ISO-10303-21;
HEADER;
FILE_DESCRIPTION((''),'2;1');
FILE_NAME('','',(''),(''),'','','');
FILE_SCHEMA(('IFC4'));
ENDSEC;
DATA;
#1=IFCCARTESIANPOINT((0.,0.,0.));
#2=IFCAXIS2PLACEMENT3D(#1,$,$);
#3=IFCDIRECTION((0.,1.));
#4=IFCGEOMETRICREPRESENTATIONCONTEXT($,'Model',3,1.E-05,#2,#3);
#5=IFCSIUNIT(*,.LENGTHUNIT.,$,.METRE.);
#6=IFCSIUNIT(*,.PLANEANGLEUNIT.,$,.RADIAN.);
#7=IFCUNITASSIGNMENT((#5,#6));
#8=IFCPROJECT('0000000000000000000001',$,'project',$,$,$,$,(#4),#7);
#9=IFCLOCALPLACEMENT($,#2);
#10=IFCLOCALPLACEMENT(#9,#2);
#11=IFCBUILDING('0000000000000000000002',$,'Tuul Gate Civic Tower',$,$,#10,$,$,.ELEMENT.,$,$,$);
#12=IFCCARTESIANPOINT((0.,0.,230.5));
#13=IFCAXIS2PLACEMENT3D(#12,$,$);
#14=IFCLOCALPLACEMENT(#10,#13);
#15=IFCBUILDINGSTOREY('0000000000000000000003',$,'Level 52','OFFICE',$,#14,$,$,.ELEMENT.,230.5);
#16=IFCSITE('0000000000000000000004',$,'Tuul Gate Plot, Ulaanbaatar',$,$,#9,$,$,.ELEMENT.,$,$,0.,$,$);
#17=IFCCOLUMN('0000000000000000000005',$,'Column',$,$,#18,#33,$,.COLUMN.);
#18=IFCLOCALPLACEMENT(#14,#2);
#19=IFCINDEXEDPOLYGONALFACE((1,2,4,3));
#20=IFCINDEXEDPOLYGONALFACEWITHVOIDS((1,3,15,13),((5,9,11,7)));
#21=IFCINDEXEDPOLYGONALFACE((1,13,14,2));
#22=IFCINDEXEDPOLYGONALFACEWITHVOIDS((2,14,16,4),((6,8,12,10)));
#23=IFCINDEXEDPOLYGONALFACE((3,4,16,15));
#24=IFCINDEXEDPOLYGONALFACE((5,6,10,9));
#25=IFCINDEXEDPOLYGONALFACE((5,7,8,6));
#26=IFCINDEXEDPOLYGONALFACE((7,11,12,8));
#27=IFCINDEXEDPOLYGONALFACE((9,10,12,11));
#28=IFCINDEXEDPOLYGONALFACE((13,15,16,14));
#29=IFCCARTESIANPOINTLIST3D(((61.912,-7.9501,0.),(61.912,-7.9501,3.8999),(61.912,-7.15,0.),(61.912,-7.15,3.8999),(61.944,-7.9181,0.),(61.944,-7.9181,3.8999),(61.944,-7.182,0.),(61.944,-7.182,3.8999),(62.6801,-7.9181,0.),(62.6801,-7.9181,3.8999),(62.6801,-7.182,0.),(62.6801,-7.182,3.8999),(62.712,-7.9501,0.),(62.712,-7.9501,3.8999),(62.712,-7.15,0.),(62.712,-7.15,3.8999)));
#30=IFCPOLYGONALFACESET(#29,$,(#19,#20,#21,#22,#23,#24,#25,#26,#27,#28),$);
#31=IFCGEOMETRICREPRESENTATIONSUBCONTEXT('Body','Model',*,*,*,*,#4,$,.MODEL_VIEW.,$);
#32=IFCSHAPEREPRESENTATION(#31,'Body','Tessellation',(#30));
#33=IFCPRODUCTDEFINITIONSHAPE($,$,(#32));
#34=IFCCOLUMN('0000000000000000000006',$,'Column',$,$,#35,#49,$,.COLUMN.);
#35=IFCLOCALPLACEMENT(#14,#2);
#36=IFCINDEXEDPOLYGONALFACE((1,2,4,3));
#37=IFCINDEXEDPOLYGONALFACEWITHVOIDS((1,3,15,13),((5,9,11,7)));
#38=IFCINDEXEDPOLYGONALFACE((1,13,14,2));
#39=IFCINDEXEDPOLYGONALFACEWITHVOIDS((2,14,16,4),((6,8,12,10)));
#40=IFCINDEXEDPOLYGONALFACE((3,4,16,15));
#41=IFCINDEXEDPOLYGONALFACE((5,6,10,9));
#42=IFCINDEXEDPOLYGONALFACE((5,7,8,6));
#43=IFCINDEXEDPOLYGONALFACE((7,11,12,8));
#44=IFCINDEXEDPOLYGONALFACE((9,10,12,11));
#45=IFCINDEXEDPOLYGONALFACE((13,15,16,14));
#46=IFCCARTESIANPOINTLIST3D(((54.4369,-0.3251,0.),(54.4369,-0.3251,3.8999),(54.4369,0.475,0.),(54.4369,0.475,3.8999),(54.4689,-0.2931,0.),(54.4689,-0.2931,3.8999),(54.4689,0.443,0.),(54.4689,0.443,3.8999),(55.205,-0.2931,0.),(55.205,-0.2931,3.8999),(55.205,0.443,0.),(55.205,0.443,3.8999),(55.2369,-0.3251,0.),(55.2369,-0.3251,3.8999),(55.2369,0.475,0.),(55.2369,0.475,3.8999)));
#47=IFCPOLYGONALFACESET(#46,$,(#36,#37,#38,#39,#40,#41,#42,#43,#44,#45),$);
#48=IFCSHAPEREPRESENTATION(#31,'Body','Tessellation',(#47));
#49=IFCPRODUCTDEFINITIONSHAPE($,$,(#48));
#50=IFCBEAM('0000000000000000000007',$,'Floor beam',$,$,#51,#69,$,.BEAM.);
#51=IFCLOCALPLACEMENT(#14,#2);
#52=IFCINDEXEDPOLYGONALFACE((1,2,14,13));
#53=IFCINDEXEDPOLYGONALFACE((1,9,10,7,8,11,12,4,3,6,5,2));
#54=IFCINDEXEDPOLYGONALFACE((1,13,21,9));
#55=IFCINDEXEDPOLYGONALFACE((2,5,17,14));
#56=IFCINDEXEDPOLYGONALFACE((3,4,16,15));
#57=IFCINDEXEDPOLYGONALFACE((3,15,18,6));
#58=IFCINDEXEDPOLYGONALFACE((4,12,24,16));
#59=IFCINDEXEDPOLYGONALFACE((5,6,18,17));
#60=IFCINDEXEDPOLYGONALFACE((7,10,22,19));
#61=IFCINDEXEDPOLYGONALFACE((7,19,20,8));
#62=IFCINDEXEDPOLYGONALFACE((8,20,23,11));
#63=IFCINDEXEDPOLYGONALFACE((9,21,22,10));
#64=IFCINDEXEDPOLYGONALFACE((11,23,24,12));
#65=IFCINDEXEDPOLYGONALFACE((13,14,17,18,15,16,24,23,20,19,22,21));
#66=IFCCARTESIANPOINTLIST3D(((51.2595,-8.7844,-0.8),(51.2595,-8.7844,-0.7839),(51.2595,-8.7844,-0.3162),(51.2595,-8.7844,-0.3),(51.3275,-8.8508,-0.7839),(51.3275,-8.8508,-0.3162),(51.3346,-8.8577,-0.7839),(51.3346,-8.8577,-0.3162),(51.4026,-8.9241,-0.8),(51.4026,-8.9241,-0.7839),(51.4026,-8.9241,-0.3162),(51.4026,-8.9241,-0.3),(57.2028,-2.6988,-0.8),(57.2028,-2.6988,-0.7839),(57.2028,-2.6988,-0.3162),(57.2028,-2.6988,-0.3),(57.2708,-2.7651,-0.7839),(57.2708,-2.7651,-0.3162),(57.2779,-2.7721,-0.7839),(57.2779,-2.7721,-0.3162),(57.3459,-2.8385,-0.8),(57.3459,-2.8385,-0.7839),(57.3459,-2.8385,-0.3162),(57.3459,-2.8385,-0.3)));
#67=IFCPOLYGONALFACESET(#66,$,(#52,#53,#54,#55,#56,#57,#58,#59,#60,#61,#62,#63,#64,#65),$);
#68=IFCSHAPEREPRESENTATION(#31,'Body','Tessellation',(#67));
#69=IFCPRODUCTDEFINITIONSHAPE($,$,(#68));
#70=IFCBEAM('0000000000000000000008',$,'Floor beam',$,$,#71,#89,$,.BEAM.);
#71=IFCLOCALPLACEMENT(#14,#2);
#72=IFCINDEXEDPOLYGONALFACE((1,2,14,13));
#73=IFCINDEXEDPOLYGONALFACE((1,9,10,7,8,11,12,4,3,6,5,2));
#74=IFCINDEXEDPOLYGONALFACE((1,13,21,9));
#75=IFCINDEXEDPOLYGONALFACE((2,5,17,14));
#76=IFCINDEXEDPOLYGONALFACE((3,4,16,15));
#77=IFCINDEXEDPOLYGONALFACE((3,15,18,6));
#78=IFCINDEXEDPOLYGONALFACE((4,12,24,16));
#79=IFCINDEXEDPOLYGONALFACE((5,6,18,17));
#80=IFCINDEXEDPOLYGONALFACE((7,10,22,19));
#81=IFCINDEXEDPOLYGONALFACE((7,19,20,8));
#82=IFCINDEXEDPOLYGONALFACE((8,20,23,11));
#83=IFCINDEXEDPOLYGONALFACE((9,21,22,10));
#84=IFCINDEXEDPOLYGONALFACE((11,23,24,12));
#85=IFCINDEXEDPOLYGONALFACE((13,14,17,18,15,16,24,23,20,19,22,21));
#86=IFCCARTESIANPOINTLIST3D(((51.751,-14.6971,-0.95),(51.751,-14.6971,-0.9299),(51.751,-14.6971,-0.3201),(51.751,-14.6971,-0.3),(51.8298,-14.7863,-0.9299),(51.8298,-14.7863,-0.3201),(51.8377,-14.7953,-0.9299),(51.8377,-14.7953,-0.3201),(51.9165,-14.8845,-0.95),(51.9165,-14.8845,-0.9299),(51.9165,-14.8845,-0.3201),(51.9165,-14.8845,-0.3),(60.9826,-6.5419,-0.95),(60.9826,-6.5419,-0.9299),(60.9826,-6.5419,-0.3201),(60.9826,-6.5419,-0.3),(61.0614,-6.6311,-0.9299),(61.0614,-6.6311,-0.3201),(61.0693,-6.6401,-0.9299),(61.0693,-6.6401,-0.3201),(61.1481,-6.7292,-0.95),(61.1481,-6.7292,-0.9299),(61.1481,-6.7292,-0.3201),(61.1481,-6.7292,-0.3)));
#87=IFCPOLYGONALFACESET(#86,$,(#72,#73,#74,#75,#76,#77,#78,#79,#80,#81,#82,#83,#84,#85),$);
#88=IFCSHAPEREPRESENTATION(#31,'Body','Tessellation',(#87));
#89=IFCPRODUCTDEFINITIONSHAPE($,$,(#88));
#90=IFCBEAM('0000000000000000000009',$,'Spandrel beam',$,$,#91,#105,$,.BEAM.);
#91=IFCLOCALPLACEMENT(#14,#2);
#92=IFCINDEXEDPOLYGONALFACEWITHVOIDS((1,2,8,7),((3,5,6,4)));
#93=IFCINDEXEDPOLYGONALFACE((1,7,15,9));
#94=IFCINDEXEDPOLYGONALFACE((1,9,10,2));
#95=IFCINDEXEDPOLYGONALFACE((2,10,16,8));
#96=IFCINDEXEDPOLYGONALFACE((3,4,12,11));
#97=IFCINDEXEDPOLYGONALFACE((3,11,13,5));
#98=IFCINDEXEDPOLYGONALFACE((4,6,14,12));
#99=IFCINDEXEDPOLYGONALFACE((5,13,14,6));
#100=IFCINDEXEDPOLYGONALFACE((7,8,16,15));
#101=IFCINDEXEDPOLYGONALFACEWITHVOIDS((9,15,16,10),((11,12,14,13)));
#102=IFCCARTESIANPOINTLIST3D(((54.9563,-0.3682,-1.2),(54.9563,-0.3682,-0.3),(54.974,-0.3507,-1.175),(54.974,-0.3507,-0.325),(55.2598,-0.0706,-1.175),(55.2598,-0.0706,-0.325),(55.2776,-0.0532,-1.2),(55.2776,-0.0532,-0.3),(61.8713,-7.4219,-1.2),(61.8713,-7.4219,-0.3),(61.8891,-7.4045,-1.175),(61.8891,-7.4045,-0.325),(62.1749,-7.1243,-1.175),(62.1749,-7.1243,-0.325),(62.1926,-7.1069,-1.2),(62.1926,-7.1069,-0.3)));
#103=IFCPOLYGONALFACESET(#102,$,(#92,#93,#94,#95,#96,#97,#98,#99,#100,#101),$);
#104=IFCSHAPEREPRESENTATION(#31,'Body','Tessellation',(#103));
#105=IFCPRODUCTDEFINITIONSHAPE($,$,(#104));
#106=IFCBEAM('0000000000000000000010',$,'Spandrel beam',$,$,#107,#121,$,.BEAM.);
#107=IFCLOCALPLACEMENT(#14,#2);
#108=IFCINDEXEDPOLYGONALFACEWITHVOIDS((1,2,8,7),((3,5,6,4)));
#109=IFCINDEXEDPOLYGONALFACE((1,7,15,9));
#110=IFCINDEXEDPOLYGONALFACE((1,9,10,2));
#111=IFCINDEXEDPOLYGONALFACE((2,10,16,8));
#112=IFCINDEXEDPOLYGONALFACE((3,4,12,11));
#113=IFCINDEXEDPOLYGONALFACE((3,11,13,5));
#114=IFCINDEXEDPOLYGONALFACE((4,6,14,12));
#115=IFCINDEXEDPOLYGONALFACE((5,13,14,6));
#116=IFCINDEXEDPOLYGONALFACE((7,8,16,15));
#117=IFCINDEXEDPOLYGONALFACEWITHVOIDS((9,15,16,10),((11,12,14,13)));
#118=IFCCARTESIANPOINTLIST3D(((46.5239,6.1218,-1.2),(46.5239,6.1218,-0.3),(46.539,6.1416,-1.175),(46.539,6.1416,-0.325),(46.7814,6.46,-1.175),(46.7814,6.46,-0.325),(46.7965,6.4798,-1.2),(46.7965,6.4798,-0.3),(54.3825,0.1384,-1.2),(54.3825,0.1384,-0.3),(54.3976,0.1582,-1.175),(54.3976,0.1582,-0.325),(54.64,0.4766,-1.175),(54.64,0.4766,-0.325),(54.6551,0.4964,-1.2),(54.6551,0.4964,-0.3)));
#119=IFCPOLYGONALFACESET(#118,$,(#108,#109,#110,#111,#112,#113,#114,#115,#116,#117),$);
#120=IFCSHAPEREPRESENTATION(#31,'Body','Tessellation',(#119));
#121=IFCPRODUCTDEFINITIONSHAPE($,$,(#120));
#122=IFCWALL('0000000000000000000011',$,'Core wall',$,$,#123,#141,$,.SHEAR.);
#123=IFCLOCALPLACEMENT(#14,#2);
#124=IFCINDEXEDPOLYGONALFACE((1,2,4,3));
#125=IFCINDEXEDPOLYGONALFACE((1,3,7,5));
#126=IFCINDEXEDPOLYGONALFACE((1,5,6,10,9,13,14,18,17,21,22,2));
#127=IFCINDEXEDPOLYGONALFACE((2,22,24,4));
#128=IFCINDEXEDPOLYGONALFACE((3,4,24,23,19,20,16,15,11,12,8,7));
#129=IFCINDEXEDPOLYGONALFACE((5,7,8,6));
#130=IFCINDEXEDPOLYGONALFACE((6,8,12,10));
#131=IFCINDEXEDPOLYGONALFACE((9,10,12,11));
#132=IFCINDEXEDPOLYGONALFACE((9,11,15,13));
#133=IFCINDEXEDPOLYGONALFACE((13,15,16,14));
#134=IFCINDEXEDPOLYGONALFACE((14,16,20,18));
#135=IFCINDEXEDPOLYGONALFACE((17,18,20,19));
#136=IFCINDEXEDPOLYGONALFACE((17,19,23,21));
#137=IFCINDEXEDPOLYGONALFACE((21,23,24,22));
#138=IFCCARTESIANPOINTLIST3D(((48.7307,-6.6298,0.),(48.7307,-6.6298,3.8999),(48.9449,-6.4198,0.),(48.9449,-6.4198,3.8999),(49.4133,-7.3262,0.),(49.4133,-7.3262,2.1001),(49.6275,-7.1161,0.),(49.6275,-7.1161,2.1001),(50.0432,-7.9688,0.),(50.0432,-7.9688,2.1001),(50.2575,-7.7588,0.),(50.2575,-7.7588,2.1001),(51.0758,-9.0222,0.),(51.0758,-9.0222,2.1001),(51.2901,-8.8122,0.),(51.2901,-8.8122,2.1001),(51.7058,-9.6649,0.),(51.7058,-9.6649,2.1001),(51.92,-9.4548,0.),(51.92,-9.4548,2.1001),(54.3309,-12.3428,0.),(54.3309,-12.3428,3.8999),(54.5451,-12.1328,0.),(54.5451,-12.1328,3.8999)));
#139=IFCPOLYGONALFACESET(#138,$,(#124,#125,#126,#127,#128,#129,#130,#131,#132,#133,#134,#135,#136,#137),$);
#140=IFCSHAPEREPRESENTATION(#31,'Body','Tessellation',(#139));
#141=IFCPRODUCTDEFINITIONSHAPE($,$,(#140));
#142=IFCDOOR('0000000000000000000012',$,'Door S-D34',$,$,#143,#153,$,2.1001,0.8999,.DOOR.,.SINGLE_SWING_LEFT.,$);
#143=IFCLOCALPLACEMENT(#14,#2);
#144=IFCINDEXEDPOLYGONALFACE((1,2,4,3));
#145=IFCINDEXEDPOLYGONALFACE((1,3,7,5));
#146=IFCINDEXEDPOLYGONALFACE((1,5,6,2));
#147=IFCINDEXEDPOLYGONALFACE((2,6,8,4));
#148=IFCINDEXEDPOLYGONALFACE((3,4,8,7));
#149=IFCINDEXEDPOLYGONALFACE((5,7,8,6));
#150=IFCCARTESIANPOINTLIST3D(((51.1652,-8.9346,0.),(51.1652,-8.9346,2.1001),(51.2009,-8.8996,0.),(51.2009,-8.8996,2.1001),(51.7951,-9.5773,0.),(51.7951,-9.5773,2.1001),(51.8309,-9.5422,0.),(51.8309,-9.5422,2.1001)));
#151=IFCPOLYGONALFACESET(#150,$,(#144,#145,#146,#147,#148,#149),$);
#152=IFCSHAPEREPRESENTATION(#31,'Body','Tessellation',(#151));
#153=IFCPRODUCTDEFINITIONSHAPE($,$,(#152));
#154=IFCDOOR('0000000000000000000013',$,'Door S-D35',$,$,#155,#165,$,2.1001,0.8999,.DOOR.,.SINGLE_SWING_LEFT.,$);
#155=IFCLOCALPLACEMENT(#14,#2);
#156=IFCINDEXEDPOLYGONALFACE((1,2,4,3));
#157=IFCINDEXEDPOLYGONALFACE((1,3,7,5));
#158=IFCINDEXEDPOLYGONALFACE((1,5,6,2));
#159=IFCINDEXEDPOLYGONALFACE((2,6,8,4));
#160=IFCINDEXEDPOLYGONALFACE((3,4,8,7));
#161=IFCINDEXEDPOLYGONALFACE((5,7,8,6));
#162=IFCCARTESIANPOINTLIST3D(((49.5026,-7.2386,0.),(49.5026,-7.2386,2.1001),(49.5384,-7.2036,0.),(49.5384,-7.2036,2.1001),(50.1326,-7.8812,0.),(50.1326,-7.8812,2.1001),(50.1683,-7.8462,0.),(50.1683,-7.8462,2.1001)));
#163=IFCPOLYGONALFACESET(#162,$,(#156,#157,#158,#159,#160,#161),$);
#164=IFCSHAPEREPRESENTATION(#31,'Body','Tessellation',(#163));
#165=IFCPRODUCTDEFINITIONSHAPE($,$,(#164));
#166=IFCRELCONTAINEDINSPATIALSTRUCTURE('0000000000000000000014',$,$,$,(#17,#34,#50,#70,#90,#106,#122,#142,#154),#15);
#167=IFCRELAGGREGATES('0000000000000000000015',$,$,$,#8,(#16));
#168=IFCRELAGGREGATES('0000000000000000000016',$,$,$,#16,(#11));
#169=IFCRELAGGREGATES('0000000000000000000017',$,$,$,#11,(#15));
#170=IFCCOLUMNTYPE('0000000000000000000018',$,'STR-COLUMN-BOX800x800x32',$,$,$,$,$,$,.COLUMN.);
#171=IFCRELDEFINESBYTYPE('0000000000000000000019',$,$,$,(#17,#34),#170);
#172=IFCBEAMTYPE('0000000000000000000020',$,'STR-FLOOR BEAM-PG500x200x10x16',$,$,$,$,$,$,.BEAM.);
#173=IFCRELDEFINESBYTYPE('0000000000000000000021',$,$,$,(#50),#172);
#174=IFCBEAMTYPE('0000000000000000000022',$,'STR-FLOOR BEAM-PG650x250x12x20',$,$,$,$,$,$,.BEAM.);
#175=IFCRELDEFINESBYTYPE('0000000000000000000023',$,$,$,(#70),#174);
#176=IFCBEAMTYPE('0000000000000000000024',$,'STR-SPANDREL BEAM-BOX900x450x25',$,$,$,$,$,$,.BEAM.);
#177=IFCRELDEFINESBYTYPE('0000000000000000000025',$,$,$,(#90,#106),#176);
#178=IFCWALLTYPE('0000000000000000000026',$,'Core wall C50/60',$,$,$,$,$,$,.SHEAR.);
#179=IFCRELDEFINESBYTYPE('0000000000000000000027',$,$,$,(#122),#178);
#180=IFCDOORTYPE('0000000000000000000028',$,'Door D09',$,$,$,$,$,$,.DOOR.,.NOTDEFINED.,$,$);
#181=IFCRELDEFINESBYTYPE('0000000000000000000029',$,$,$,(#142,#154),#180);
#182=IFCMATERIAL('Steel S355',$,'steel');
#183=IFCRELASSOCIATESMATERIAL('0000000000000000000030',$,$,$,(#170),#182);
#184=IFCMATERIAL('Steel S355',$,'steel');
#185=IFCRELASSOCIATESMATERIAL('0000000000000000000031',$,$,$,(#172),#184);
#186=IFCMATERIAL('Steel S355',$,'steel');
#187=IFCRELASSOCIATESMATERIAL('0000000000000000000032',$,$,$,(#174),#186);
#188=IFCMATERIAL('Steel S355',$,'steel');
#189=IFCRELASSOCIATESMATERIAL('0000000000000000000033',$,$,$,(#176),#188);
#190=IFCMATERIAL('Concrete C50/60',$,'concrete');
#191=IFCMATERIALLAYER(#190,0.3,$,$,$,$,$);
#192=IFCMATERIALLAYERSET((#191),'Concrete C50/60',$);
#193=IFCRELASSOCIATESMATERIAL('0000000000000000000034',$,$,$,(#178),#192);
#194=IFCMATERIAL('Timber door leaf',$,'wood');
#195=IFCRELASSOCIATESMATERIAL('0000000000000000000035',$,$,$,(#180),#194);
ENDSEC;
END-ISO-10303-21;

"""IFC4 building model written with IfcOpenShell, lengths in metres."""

from ifc_helpers import new_model, si_unit, direction, frame, frame_2d, origin, origin_2d, place, context, subcontext, project, spatial, rectangle, hollow_rectangle, i_section, extrude, material, layer, layer_set, material_profile, profile_set, type_object, element, fill, save


model = new_model("IFC4")

# Units and contexts
model_context = context("Model", 3, precision=1e-05, world=origin(), true_north=direction((0.0, 1.0)))
body_context = subcontext(model_context, "Body", "Model", "MODEL_VIEW")
ifc_project = project(units=[si_unit("LENGTHUNIT", "METRE"), si_unit("PLANEANGLEUNIT", "RADIAN")], contexts=[model_context])

# Site, building, storey
site_placement = place(None, origin())
site = spatial("IfcSite", under=ifc_project, at=site_placement, Name="Tuul Gate Plot, Ulaanbaatar", CompositionType="ELEMENT", RefElevation=0.0)
building_placement = place(site_placement, origin())
building = spatial("IfcBuilding", under=site, at=building_placement, Name="Tuul Gate Civic Tower", CompositionType="ELEMENT")
storey_placement = place(building_placement, frame((0.0, 0.0, 230.5)))
storey = spatial("IfcBuildingStorey", under=building, at=storey_placement, Name="Level 52", Description="OFFICE", CompositionType="ELEMENT", Elevation=230.5)

# Columns
ifc_material_1 = material(Name="Steel S355", Category="steel")
ifc_material_profile_1 = material_profile(ifc_material_1, hollow_rectangle(XDim=0.8, YDim=0.8, WallThickness=0.032, at=origin_2d()), Name="BOX800x800x32")
ifc_profile_set_1 = profile_set([ifc_material_profile_1], Name="Steel S355")
column_type = type_object("IfcColumnType", Name="STR-COLUMN-BOX800x800x32", PredefinedType="COLUMN", material=ifc_profile_set_1)
for number, where, z_axis, x_axis, name in (
    (1, (62.312, -7.55, 0.0), (0.0, 0.0, 1.0), (1.0, 0.0, 0.0), "Column"),
    (2, (54.8369, 0.075, 0.0), (0.0, 0.0, 1.0), (1.0, 0.0, 0.0), "Column"),
):
    element("IfcColumn", number, at=place(storey_placement, frame(where, z_axis=z_axis, x_axis=x_axis)), inside=storey, type_object=column_type, Name=name, PredefinedType="COLUMN", context=body_context, shape_type="SweptSolid", body=[
        extrude(hollow_rectangle(XDim=0.8, YDim=0.8, WallThickness=0.032, at=origin_2d()), origin(), (0.0, 0.0, 1.0), 3.8999),
    ])

# Beams
ifc_material_2 = material(Name="Steel S355", Category="steel")
ifc_material_profile_2 = material_profile(ifc_material_2, i_section(OverallWidth=0.2, OverallDepth=0.5, WebThickness=0.01, FlangeThickness=0.0161, at=origin_2d()), Name="PG500x200x10x16")
ifc_profile_set_2 = profile_set([ifc_material_profile_2], Name="Steel S355")
beam_type_1 = type_object("IfcBeamType", Name="STR-FLOOR BEAM-PG500x200x10x16", PredefinedType="BEAM", material=ifc_profile_set_2)
beam_1_placement = place(storey_placement, frame((51.3311, -8.8542, -0.55), z_axis=(0.698691, 0.715424, 0.0), x_axis=(-0.715424, 0.698691, 0.0)))
element("IfcBeam", 3, at=beam_1_placement, inside=storey, type_object=beam_type_1, Name="Floor beam", PredefinedType="BEAM", context=body_context, shape_type="SweptSolid", body=[
    extrude(i_section(OverallWidth=0.2, OverallDepth=0.5, WebThickness=0.01, FlangeThickness=0.0161, at=origin_2d()), origin(), (0.0, 0.0, 1.0), 8.5063),
])
ifc_material_3 = material(Name="Steel S355", Category="steel")
ifc_material_profile_3 = material_profile(ifc_material_3, i_section(OverallWidth=0.25, OverallDepth=0.6499, WebThickness=0.012, FlangeThickness=0.02, at=origin_2d()), Name="PG650x250x12x20")
ifc_profile_set_3 = profile_set([ifc_material_profile_3], Name="Steel S355")
beam_type_2 = type_object("IfcBeamType", Name="STR-FLOOR BEAM-PG650x250x12x20", PredefinedType="BEAM", material=ifc_profile_set_3)
beam_2_placement = place(storey_placement, frame((51.8337, -14.7908, -0.625), z_axis=(0.749448, 0.662063, 0.0), x_axis=(-0.662063, 0.749448, 0.0)))
element("IfcBeam", 4, at=beam_2_placement, inside=storey, type_object=beam_type_2, Name="Floor beam", PredefinedType="BEAM", context=body_context, shape_type="SweptSolid", body=[
    extrude(i_section(OverallWidth=0.25, OverallDepth=0.6499, WebThickness=0.012, FlangeThickness=0.02, at=origin_2d()), origin(), (0.0, 0.0, 1.0), 12.3179),
])
ifc_material_4 = material(Name="Steel S355", Category="steel")
ifc_material_profile_4 = material_profile(ifc_material_4, hollow_rectangle(XDim=0.45, YDim=0.8999, WallThickness=0.0249, at=origin_2d()), Name="BOX900x450x25")
ifc_profile_set_4 = profile_set([ifc_material_profile_4], Name="Steel S355")
beam_type_3 = type_object("IfcBeamType", Name="STR-SPANDREL BEAM-BOX900x450x25", PredefinedType="BEAM", material=ifc_profile_set_4)
beam_3_placement = place(storey_placement, frame((62.032, -7.2644, -0.75), z_axis=(-0.700053, 0.714091, 0.0), x_axis=(-0.714091, -0.700053, 0.0)))
element("IfcBeam", 5, at=beam_3_placement, inside=storey, type_object=beam_type_3, Name="Spandrel beam", PredefinedType="BEAM", context=body_context, shape_type="SweptSolid", body=[
    extrude(hollow_rectangle(XDim=0.45, YDim=0.8999, WallThickness=0.0249, at=origin_2d()), origin(), (0.0, 0.0, 1.0), 9.8779),
])
beam_4_placement = place(storey_placement, frame((54.5188, 0.3174, -0.75), z_axis=(-0.795634, 0.605778, 0.0), x_axis=(-0.605778, -0.795634, 0.0)))
element("IfcBeam", 6, at=beam_4_placement, inside=storey, type_object=beam_type_3, Name="Spandrel beam", PredefinedType="BEAM", context=body_context, shape_type="SweptSolid", body=[
    extrude(hollow_rectangle(XDim=0.45, YDim=0.8999, WallThickness=0.0249, at=origin_2d()), origin(), (0.0, 0.0, 1.0), 9.8772),
])

# Wall, openings, doors
ifc_material_5 = material(Name="Concrete C50/60", Category="concrete")
ifc_layer_1 = layer(ifc_material_5, 0.3)
ifc_layer_set_1 = layer_set([ifc_layer_1], Name="Concrete C50/60")
wall_type_1 = type_object("IfcWallType", Name="Core wall C50/60", PredefinedType="SHEAR", material=ifc_layer_set_1)
wall_1_placement = place(storey_placement, frame((54.438, -12.2378, 0.0), z_axis=(0.0, 0.0, 1.0), x_axis=(-0.700022, 0.714121, 0.0)))
wall_1 = element("IfcWall", 7, at=wall_1_placement, inside=storey, type_object=wall_type_1, Name="Core wall", PredefinedType="SHEAR", context=body_context, shape_type="SweptSolid", body=[
    extrude(rectangle(XDim=8.0, YDim=0.3, at=frame_2d((4.0, 0.0))), origin(), (0.0, 0.0, 1.0), 3.8999),
])
opening_1_placement = place(wall_1_placement, frame((3.75, 0.0, 0.0)))
opening_1 = element("IfcOpeningElement", 8, at=opening_1_placement, cuts=wall_1, PredefinedType="OPENING", context=body_context, shape_type="SweptSolid", body=[
    extrude(rectangle(XDim=0.8999, YDim=2.1001, at=frame_2d((0.45, 1.05))), frame((0.0, 0.1602, 0.0), z_axis=(0.0, -1.0, 0.0), x_axis=(1.0, 0.0, 0.0)), (0.0, 0.0, 1.0), 0.3201),
])
opening_2_placement = place(wall_1_placement, frame((6.125, 0.0, 0.0)))
opening_2 = element("IfcOpeningElement", 9, at=opening_2_placement, cuts=wall_1, PredefinedType="OPENING", context=body_context, shape_type="SweptSolid", body=[
    extrude(rectangle(XDim=0.8999, YDim=2.1001, at=frame_2d((0.45, 1.05))), frame((0.0, 0.1602, 0.0), z_axis=(0.0, -1.0, 0.0), x_axis=(1.0, 0.0, 0.0)), (0.0, 0.0, 1.0), 0.3201),
])
ifc_material_6 = material(Name="Timber door leaf", Category="wood")
door_type = type_object("IfcDoorType", Name="Door D09", OperationType="NOTDEFINED", PredefinedType="DOOR", material=ifc_material_6)
door_1_placement = place(opening_1_placement, origin())
door_1 = element("IfcDoor", 10, at=door_1_placement, inside=storey, type_object=door_type, Name="Door S-D34", OperationType="SINGLE_SWING_LEFT", OverallHeight=2.1001, OverallWidth=0.8999, PredefinedType="DOOR", context=body_context, shape_type="SweptSolid", body=[
    extrude(rectangle(XDim=0.8999, YDim=2.1001, at=frame_2d((0.45, 1.05))), frame((0.0, 0.0249, 0.0), z_axis=(0.0, -1.0, 0.0), x_axis=(1.0, 0.0, 0.0)), (0.0, 0.0, 1.0), 0.05),
])
fill(opening_1, door_1)
door_2_placement = place(opening_2_placement, origin())
door_2 = element("IfcDoor", 11, at=door_2_placement, inside=storey, type_object=door_type, Name="Door S-D35", OperationType="SINGLE_SWING_LEFT", OverallHeight=2.1001, OverallWidth=0.8999, PredefinedType="DOOR", context=body_context, shape_type="SweptSolid", body=[
    extrude(rectangle(XDim=0.8999, YDim=2.1001, at=frame_2d((0.45, 1.05))), frame((0.0, 0.0249, 0.0), z_axis=(0.0, -1.0, 0.0), x_axis=(1.0, 0.0, 0.0)), (0.0, 0.0, 1.0), 0.05),
])
fill(opening_2, door_2)

save(model, "model.ifc")
